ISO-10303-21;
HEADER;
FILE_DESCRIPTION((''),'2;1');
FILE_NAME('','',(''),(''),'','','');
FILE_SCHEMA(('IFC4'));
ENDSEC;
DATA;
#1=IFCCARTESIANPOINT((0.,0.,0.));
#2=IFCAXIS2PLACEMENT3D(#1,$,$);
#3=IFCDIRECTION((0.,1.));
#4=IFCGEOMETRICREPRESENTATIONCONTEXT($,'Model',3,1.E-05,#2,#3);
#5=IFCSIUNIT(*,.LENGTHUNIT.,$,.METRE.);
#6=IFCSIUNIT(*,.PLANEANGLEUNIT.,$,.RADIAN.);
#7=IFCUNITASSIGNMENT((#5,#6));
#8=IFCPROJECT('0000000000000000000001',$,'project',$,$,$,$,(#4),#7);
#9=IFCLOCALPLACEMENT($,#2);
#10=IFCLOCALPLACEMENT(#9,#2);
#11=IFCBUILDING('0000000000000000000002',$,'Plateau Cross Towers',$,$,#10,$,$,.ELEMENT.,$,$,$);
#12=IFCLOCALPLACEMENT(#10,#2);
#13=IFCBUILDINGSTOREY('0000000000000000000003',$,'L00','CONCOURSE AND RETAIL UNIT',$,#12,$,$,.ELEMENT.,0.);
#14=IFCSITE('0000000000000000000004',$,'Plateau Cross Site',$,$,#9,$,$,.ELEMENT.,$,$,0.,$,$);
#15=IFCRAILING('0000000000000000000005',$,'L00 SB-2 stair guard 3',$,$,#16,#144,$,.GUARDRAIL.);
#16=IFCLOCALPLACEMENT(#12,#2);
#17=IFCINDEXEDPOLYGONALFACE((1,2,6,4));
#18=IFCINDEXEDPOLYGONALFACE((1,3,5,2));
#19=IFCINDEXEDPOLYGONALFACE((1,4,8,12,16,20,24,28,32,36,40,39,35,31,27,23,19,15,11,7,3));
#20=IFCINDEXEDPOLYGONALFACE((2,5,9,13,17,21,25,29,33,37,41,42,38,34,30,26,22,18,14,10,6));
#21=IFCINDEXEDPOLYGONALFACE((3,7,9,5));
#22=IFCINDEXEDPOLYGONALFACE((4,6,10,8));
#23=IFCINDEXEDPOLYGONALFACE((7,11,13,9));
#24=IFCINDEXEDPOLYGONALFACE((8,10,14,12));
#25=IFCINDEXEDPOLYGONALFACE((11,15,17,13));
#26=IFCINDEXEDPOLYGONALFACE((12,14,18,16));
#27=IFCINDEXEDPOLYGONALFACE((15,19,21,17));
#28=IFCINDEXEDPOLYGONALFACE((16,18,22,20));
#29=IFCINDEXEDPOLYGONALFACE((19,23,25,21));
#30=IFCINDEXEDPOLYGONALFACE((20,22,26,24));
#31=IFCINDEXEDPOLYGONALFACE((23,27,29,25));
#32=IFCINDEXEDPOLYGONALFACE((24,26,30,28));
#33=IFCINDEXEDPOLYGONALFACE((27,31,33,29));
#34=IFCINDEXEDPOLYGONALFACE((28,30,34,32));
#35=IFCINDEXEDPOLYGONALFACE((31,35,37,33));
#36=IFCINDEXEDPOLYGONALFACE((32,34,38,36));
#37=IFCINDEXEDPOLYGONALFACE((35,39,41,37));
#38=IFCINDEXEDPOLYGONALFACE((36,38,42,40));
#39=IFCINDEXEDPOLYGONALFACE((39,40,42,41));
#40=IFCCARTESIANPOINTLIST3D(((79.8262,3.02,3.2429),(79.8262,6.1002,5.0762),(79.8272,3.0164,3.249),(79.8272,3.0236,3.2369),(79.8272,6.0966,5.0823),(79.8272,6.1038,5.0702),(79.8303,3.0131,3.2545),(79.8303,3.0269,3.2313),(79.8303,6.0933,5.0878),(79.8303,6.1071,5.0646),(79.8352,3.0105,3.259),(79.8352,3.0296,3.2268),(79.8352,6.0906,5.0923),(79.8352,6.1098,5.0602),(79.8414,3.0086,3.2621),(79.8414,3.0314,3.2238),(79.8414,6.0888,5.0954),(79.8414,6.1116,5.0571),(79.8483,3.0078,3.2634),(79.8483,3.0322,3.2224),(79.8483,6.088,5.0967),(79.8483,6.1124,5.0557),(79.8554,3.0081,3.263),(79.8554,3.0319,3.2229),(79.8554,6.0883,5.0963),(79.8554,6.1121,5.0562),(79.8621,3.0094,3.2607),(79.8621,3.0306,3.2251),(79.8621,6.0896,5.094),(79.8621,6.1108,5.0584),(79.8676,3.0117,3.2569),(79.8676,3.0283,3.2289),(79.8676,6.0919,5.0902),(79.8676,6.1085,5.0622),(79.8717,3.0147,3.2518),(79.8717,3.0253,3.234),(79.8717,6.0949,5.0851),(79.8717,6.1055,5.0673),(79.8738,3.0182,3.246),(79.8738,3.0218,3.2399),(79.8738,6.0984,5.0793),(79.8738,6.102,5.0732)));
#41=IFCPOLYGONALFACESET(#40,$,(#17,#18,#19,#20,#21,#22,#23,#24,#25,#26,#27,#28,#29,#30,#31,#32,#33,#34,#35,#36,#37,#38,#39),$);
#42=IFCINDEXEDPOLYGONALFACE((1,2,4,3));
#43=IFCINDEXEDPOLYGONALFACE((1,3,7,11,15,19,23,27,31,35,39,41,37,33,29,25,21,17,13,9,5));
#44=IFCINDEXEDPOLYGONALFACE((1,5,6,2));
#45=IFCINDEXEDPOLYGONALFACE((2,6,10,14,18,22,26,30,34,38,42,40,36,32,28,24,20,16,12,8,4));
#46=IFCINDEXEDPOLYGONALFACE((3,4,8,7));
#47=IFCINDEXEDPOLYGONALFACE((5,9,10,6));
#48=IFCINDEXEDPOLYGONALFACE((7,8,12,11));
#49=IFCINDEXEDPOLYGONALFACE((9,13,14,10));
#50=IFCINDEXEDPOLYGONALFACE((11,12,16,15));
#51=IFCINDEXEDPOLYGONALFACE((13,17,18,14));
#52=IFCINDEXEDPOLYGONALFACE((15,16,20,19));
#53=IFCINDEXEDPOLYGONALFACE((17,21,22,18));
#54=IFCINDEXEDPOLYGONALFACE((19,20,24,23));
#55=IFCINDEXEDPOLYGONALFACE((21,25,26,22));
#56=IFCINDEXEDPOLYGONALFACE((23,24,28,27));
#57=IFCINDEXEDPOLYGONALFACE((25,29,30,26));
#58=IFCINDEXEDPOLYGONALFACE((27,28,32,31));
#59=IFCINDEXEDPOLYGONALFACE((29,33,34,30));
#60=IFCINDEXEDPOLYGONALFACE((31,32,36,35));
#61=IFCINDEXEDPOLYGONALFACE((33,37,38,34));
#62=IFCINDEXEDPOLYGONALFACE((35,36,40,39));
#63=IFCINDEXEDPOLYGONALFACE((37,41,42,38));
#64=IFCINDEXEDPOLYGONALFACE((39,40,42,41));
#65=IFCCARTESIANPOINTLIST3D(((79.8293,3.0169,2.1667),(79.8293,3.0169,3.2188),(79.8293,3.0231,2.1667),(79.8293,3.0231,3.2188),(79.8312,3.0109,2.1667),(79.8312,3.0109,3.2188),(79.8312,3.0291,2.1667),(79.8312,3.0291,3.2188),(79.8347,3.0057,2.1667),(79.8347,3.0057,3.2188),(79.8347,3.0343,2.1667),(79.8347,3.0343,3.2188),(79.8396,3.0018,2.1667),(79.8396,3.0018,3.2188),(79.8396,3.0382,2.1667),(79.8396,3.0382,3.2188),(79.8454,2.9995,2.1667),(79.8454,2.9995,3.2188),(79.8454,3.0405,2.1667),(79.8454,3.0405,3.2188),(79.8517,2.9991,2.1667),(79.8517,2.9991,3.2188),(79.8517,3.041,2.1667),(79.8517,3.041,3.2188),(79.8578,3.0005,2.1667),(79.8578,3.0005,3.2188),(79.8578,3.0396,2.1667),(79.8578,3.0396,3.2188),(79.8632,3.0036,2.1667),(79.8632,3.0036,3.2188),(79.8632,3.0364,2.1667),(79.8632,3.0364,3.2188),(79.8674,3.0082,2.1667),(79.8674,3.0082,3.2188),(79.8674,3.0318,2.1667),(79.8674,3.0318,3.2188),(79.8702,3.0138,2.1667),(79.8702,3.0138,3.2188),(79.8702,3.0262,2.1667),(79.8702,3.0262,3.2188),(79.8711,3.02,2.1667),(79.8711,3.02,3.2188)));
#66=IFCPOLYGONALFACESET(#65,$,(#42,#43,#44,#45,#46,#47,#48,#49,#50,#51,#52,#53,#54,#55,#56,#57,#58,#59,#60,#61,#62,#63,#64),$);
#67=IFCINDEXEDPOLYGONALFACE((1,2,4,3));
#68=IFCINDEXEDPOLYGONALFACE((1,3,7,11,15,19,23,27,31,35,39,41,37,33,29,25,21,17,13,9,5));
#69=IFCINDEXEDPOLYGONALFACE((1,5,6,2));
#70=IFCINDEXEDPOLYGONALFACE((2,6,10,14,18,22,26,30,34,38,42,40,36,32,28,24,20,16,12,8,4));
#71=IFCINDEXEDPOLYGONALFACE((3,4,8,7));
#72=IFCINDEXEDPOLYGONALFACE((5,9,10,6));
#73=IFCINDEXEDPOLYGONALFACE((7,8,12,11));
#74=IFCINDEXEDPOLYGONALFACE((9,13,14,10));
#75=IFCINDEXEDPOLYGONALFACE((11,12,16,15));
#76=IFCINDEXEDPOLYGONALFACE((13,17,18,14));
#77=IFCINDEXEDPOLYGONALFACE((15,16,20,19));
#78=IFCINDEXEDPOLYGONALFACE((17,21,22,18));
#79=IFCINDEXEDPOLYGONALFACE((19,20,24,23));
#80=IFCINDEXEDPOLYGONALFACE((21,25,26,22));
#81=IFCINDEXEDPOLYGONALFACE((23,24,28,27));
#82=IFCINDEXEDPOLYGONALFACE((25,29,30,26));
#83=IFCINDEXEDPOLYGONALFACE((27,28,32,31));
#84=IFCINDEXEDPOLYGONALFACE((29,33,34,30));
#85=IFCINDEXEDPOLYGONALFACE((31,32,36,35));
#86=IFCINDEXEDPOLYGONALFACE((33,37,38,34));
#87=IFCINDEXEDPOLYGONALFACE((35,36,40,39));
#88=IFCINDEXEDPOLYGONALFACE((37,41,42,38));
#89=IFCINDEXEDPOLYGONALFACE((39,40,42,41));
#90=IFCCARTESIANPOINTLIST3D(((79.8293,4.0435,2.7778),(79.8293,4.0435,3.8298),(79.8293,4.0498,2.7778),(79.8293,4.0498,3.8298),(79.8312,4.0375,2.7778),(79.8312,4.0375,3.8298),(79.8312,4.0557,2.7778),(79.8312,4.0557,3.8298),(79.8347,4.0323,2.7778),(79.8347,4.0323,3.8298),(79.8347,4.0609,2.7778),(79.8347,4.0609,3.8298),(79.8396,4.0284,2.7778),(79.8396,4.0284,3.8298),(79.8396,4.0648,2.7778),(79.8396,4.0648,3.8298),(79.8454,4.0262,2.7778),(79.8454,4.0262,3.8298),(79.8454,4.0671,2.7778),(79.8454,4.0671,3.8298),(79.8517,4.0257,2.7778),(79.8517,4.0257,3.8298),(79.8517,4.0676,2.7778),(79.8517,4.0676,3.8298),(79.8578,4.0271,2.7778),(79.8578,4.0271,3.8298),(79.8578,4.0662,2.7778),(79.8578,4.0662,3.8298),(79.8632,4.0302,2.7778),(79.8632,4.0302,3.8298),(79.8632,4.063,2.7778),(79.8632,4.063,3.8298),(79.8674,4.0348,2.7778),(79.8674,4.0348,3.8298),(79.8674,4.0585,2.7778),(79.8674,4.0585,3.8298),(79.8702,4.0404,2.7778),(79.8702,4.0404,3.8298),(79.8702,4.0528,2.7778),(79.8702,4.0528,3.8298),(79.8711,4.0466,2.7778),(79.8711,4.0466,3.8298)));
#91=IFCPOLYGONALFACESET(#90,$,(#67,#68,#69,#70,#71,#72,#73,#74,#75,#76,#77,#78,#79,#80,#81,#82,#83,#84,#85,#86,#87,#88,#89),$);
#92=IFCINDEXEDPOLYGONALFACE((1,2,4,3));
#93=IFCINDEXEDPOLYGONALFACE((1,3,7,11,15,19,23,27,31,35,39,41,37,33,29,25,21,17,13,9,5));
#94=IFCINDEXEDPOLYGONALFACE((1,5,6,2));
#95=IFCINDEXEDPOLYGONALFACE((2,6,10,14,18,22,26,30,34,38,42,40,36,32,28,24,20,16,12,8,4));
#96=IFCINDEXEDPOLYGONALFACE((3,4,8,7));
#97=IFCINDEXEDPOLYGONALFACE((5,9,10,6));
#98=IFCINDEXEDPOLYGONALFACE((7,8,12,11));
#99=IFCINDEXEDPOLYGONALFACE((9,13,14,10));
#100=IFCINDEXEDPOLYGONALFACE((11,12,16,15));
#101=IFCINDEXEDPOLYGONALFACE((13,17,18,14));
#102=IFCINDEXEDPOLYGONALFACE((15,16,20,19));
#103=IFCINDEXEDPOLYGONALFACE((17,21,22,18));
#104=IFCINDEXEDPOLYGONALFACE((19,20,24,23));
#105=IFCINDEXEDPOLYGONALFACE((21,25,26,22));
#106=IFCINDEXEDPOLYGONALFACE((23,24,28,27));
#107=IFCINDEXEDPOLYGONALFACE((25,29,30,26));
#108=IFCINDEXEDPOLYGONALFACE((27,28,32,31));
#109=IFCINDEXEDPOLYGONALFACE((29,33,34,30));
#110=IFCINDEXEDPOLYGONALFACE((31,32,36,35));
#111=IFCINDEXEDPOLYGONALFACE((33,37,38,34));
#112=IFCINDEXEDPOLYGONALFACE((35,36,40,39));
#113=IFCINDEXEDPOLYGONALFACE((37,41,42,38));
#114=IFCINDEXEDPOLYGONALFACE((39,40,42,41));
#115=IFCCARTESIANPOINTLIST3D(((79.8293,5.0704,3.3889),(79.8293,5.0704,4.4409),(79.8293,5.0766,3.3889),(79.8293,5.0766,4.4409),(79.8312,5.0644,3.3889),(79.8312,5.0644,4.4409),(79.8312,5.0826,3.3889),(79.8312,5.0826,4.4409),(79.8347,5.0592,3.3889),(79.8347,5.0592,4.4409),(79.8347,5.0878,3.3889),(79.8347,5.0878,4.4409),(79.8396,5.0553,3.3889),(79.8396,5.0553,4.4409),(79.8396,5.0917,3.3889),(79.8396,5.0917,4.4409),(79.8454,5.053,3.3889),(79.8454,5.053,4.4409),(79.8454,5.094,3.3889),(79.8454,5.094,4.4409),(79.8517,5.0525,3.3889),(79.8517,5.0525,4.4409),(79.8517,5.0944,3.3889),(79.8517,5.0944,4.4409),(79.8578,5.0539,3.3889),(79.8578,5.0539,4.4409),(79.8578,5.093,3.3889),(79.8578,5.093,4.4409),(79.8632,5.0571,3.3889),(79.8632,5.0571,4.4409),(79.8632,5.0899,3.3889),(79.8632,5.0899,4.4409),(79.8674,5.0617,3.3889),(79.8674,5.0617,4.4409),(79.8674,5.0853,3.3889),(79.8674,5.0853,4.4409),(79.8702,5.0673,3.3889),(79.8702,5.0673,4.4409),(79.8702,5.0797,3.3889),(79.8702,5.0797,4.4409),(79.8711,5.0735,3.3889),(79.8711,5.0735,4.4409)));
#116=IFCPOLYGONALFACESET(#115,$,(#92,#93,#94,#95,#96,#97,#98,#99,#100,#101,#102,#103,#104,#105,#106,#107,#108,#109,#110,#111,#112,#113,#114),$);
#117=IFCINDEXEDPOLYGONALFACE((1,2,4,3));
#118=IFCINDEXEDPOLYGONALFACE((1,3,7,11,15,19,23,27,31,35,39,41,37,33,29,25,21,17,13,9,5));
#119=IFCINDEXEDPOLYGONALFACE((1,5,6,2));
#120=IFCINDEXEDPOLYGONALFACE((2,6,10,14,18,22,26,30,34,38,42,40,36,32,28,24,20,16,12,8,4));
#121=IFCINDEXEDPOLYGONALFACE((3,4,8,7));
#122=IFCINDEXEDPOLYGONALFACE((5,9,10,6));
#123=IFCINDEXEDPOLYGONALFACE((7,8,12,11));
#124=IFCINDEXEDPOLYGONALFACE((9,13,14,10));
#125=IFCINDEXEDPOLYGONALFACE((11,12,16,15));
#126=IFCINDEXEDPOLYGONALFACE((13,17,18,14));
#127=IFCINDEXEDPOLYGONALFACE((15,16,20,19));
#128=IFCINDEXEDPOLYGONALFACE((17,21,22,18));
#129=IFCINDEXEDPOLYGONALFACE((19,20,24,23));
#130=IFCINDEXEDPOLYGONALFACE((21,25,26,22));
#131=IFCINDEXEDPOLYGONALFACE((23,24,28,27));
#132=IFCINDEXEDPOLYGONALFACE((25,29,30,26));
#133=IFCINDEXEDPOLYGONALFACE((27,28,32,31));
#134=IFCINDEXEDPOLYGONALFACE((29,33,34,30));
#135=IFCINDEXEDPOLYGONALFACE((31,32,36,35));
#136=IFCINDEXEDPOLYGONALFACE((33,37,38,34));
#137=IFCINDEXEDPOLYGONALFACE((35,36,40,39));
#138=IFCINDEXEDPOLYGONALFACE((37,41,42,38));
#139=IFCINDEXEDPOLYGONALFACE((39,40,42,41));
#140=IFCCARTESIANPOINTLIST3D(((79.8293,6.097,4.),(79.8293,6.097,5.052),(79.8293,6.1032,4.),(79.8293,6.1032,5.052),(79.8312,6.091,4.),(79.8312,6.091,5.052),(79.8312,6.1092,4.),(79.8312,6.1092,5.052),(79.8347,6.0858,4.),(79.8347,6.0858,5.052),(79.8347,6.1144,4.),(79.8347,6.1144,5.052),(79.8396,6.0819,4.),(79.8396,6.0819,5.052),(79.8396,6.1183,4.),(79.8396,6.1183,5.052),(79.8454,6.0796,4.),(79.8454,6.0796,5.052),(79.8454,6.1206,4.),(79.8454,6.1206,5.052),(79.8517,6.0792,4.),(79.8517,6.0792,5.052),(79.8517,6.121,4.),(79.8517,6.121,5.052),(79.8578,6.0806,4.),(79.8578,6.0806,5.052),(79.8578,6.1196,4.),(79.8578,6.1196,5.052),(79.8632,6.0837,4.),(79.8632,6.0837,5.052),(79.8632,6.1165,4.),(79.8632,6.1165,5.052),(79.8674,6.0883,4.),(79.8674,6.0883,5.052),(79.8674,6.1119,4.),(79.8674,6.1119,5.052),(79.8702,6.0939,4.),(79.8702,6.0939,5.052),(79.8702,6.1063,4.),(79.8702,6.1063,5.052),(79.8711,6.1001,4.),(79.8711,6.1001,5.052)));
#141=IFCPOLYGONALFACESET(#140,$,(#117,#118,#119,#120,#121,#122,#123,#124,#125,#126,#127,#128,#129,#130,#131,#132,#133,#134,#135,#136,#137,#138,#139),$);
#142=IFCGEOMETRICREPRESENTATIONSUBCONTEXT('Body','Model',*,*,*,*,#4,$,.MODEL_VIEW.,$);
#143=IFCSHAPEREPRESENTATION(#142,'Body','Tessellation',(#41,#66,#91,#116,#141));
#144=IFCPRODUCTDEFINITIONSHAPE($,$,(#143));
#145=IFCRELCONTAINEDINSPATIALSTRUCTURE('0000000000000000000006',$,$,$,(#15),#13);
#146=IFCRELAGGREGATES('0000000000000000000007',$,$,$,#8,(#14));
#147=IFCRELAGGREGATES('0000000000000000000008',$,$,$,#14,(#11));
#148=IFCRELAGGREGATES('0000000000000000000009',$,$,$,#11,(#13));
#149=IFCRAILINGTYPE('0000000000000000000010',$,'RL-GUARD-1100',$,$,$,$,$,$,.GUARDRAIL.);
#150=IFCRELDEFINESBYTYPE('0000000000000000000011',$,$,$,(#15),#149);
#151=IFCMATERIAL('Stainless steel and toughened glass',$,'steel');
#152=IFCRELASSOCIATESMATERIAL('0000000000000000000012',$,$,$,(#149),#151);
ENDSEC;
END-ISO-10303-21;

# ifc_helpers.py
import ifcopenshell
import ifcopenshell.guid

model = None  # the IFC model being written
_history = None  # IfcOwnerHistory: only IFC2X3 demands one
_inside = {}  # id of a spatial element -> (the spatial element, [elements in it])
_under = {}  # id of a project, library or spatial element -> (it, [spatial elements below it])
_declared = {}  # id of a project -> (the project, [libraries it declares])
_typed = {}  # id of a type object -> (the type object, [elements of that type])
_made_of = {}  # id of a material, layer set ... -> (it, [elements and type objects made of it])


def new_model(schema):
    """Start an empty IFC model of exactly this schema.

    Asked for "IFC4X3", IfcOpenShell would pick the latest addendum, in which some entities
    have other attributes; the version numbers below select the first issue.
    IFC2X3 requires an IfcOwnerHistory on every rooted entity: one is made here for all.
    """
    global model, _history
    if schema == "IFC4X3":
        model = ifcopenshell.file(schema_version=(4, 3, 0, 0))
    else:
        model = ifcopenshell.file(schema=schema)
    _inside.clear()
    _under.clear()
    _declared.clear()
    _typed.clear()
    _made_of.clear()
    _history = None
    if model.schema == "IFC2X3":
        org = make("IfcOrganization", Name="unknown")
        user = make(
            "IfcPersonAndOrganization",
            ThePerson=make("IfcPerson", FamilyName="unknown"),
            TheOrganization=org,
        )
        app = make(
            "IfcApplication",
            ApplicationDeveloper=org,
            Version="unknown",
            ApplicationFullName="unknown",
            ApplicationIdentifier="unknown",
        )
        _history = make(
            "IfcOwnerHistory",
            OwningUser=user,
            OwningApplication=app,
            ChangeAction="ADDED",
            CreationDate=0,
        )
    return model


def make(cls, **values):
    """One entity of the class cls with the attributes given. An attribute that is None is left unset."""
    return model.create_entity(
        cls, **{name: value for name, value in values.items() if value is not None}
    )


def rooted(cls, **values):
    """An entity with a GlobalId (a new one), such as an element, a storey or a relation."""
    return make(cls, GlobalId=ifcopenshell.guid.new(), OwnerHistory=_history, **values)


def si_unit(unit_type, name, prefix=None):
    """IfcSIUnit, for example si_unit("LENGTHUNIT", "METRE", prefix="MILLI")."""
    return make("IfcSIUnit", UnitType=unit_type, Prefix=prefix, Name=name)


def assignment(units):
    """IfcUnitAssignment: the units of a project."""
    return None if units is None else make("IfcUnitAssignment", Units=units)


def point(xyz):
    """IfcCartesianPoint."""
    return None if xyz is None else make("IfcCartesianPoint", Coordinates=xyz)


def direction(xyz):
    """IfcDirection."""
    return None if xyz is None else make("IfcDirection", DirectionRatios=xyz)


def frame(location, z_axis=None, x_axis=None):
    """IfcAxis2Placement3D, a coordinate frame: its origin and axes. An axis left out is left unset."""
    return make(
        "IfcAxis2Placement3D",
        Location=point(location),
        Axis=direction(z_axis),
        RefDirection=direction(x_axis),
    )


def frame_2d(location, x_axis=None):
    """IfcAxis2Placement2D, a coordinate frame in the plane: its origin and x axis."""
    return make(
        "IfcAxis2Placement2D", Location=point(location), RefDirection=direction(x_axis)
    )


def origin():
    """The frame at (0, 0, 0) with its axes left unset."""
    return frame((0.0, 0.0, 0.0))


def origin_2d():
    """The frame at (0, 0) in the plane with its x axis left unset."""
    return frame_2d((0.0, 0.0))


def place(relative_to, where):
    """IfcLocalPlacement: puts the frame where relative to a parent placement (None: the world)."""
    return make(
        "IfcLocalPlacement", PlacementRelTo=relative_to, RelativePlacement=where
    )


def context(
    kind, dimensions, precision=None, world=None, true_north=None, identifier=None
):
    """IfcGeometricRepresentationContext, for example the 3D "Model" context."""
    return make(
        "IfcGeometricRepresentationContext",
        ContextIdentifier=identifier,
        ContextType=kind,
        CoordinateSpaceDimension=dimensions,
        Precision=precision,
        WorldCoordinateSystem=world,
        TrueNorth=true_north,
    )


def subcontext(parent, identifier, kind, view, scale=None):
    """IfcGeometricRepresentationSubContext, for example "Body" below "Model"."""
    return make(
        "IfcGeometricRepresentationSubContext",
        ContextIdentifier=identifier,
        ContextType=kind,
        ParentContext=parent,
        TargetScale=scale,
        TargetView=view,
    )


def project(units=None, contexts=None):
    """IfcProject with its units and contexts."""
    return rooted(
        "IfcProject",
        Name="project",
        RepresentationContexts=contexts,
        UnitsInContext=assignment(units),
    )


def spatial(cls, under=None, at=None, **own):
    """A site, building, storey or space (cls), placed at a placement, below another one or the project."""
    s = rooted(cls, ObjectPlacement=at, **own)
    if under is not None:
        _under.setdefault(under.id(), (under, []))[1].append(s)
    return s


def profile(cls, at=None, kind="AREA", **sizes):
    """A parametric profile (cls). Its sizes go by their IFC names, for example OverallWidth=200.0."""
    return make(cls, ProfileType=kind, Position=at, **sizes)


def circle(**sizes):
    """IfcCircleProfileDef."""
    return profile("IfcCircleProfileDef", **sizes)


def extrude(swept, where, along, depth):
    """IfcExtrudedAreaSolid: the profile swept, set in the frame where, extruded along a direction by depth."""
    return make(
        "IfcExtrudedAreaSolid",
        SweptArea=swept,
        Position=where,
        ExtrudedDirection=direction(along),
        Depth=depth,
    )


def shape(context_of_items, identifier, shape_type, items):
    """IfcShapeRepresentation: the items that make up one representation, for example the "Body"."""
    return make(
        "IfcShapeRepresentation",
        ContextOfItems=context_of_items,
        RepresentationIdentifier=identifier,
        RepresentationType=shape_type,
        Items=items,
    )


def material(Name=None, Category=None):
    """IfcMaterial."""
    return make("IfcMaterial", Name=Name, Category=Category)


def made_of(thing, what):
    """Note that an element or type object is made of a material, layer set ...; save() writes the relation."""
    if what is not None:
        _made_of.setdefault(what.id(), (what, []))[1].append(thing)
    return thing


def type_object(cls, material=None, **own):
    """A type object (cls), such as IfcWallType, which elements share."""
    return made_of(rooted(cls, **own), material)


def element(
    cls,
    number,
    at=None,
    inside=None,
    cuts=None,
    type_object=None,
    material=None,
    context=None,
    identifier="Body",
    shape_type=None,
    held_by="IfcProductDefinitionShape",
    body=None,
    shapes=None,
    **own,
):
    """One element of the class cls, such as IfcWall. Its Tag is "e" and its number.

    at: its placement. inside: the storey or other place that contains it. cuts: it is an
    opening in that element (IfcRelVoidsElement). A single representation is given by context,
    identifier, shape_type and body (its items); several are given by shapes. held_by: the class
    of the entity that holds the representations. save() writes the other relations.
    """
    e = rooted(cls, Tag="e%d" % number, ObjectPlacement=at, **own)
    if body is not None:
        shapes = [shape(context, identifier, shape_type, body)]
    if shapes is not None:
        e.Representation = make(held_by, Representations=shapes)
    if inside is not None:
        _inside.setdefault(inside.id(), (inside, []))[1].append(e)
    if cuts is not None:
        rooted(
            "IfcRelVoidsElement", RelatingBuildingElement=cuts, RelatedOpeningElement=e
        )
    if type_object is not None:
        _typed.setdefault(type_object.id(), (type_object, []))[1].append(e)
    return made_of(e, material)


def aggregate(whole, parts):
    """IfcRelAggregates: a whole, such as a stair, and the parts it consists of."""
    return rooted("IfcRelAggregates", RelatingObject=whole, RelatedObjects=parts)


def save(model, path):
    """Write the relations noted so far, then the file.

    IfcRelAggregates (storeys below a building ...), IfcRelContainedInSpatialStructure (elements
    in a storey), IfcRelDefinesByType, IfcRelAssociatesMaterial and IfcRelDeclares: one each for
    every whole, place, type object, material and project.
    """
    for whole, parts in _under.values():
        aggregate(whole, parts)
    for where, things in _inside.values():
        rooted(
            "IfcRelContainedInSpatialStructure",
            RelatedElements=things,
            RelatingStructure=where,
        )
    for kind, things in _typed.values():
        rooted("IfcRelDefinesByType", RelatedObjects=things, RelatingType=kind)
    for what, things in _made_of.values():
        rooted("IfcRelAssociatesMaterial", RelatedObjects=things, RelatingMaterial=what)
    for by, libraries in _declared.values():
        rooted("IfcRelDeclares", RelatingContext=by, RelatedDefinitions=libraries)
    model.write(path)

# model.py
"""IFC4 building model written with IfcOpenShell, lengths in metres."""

from ifc_helpers import new_model, si_unit, direction, frame, origin, origin_2d, place, context, subcontext, project, spatial, circle, extrude, material, type_object, element, save


model = new_model("IFC4")

# Units and contexts
model_context = context("Model", 3, precision=1e-05, world=origin(), true_north=direction((0.0, 1.0)))
body_context = subcontext(model_context, "Body", "Model", "MODEL_VIEW")
ifc_project = project(units=[si_unit("LENGTHUNIT", "METRE"), si_unit("PLANEANGLEUNIT", "RADIAN")], contexts=[model_context])

# Site, building, storey
site_placement = place(None, origin())
site = spatial("IfcSite", under=ifc_project, at=site_placement, Name="Plateau Cross Site", CompositionType="ELEMENT", RefElevation=0.0)
building_placement = place(site_placement, origin())
building = spatial("IfcBuilding", under=site, at=building_placement, Name="Plateau Cross Towers", CompositionType="ELEMENT")
storey_placement = place(building_placement, origin())
storey = spatial("IfcBuildingStorey", under=building, at=storey_placement, Name="L00", Description="CONCOURSE AND RETAIL UNIT", CompositionType="ELEMENT", Elevation=0.0)

# Railing
ifc_material_1 = material(Name="Stainless steel and toughened glass", Category="steel")
railing_type_1 = type_object("IfcRailingType", Name="RL-GUARD-1100", PredefinedType="GUARDRAIL", material=ifc_material_1)
railing_1_placement = place(storey_placement, frame((79.8501, 3.02, 2.1667)))
element("IfcRailing", 1, at=railing_1_placement, inside=storey, type_object=railing_type_1, Name="L00 SB-2 stair guard 3", PredefinedType="GUARDRAIL", context=body_context, shape_type="SweptSolid", body=[
    extrude(circle(Radius=0.0239, at=origin_2d()), frame((0.0, 0.0, 1.0762), z_axis=(0.0, 0.859309, 0.511458), x_axis=(-1.0, 0.0, 0.0)), (0.0, 0.0, 1.0), 3.5845),
    extrude(circle(Radius=0.021, at=origin_2d()), origin(), (0.0, 0.0, 1.0), 1.052),
    extrude(circle(Radius=0.021, at=origin_2d()), frame((0.0, 1.0266, 0.6111)), (0.0, 0.0, 1.0), 1.052),
    extrude(circle(Radius=0.021, at=origin_2d()), frame((0.0, 2.0535, 1.2222)), (0.0, 0.0, 1.0), 1.052),
    extrude(circle(Radius=0.021, at=origin_2d()), frame((0.0, 3.0801, 1.8333)), (0.0, 0.0, 1.0), 1.052),
])

save(model, "model.ifc")
